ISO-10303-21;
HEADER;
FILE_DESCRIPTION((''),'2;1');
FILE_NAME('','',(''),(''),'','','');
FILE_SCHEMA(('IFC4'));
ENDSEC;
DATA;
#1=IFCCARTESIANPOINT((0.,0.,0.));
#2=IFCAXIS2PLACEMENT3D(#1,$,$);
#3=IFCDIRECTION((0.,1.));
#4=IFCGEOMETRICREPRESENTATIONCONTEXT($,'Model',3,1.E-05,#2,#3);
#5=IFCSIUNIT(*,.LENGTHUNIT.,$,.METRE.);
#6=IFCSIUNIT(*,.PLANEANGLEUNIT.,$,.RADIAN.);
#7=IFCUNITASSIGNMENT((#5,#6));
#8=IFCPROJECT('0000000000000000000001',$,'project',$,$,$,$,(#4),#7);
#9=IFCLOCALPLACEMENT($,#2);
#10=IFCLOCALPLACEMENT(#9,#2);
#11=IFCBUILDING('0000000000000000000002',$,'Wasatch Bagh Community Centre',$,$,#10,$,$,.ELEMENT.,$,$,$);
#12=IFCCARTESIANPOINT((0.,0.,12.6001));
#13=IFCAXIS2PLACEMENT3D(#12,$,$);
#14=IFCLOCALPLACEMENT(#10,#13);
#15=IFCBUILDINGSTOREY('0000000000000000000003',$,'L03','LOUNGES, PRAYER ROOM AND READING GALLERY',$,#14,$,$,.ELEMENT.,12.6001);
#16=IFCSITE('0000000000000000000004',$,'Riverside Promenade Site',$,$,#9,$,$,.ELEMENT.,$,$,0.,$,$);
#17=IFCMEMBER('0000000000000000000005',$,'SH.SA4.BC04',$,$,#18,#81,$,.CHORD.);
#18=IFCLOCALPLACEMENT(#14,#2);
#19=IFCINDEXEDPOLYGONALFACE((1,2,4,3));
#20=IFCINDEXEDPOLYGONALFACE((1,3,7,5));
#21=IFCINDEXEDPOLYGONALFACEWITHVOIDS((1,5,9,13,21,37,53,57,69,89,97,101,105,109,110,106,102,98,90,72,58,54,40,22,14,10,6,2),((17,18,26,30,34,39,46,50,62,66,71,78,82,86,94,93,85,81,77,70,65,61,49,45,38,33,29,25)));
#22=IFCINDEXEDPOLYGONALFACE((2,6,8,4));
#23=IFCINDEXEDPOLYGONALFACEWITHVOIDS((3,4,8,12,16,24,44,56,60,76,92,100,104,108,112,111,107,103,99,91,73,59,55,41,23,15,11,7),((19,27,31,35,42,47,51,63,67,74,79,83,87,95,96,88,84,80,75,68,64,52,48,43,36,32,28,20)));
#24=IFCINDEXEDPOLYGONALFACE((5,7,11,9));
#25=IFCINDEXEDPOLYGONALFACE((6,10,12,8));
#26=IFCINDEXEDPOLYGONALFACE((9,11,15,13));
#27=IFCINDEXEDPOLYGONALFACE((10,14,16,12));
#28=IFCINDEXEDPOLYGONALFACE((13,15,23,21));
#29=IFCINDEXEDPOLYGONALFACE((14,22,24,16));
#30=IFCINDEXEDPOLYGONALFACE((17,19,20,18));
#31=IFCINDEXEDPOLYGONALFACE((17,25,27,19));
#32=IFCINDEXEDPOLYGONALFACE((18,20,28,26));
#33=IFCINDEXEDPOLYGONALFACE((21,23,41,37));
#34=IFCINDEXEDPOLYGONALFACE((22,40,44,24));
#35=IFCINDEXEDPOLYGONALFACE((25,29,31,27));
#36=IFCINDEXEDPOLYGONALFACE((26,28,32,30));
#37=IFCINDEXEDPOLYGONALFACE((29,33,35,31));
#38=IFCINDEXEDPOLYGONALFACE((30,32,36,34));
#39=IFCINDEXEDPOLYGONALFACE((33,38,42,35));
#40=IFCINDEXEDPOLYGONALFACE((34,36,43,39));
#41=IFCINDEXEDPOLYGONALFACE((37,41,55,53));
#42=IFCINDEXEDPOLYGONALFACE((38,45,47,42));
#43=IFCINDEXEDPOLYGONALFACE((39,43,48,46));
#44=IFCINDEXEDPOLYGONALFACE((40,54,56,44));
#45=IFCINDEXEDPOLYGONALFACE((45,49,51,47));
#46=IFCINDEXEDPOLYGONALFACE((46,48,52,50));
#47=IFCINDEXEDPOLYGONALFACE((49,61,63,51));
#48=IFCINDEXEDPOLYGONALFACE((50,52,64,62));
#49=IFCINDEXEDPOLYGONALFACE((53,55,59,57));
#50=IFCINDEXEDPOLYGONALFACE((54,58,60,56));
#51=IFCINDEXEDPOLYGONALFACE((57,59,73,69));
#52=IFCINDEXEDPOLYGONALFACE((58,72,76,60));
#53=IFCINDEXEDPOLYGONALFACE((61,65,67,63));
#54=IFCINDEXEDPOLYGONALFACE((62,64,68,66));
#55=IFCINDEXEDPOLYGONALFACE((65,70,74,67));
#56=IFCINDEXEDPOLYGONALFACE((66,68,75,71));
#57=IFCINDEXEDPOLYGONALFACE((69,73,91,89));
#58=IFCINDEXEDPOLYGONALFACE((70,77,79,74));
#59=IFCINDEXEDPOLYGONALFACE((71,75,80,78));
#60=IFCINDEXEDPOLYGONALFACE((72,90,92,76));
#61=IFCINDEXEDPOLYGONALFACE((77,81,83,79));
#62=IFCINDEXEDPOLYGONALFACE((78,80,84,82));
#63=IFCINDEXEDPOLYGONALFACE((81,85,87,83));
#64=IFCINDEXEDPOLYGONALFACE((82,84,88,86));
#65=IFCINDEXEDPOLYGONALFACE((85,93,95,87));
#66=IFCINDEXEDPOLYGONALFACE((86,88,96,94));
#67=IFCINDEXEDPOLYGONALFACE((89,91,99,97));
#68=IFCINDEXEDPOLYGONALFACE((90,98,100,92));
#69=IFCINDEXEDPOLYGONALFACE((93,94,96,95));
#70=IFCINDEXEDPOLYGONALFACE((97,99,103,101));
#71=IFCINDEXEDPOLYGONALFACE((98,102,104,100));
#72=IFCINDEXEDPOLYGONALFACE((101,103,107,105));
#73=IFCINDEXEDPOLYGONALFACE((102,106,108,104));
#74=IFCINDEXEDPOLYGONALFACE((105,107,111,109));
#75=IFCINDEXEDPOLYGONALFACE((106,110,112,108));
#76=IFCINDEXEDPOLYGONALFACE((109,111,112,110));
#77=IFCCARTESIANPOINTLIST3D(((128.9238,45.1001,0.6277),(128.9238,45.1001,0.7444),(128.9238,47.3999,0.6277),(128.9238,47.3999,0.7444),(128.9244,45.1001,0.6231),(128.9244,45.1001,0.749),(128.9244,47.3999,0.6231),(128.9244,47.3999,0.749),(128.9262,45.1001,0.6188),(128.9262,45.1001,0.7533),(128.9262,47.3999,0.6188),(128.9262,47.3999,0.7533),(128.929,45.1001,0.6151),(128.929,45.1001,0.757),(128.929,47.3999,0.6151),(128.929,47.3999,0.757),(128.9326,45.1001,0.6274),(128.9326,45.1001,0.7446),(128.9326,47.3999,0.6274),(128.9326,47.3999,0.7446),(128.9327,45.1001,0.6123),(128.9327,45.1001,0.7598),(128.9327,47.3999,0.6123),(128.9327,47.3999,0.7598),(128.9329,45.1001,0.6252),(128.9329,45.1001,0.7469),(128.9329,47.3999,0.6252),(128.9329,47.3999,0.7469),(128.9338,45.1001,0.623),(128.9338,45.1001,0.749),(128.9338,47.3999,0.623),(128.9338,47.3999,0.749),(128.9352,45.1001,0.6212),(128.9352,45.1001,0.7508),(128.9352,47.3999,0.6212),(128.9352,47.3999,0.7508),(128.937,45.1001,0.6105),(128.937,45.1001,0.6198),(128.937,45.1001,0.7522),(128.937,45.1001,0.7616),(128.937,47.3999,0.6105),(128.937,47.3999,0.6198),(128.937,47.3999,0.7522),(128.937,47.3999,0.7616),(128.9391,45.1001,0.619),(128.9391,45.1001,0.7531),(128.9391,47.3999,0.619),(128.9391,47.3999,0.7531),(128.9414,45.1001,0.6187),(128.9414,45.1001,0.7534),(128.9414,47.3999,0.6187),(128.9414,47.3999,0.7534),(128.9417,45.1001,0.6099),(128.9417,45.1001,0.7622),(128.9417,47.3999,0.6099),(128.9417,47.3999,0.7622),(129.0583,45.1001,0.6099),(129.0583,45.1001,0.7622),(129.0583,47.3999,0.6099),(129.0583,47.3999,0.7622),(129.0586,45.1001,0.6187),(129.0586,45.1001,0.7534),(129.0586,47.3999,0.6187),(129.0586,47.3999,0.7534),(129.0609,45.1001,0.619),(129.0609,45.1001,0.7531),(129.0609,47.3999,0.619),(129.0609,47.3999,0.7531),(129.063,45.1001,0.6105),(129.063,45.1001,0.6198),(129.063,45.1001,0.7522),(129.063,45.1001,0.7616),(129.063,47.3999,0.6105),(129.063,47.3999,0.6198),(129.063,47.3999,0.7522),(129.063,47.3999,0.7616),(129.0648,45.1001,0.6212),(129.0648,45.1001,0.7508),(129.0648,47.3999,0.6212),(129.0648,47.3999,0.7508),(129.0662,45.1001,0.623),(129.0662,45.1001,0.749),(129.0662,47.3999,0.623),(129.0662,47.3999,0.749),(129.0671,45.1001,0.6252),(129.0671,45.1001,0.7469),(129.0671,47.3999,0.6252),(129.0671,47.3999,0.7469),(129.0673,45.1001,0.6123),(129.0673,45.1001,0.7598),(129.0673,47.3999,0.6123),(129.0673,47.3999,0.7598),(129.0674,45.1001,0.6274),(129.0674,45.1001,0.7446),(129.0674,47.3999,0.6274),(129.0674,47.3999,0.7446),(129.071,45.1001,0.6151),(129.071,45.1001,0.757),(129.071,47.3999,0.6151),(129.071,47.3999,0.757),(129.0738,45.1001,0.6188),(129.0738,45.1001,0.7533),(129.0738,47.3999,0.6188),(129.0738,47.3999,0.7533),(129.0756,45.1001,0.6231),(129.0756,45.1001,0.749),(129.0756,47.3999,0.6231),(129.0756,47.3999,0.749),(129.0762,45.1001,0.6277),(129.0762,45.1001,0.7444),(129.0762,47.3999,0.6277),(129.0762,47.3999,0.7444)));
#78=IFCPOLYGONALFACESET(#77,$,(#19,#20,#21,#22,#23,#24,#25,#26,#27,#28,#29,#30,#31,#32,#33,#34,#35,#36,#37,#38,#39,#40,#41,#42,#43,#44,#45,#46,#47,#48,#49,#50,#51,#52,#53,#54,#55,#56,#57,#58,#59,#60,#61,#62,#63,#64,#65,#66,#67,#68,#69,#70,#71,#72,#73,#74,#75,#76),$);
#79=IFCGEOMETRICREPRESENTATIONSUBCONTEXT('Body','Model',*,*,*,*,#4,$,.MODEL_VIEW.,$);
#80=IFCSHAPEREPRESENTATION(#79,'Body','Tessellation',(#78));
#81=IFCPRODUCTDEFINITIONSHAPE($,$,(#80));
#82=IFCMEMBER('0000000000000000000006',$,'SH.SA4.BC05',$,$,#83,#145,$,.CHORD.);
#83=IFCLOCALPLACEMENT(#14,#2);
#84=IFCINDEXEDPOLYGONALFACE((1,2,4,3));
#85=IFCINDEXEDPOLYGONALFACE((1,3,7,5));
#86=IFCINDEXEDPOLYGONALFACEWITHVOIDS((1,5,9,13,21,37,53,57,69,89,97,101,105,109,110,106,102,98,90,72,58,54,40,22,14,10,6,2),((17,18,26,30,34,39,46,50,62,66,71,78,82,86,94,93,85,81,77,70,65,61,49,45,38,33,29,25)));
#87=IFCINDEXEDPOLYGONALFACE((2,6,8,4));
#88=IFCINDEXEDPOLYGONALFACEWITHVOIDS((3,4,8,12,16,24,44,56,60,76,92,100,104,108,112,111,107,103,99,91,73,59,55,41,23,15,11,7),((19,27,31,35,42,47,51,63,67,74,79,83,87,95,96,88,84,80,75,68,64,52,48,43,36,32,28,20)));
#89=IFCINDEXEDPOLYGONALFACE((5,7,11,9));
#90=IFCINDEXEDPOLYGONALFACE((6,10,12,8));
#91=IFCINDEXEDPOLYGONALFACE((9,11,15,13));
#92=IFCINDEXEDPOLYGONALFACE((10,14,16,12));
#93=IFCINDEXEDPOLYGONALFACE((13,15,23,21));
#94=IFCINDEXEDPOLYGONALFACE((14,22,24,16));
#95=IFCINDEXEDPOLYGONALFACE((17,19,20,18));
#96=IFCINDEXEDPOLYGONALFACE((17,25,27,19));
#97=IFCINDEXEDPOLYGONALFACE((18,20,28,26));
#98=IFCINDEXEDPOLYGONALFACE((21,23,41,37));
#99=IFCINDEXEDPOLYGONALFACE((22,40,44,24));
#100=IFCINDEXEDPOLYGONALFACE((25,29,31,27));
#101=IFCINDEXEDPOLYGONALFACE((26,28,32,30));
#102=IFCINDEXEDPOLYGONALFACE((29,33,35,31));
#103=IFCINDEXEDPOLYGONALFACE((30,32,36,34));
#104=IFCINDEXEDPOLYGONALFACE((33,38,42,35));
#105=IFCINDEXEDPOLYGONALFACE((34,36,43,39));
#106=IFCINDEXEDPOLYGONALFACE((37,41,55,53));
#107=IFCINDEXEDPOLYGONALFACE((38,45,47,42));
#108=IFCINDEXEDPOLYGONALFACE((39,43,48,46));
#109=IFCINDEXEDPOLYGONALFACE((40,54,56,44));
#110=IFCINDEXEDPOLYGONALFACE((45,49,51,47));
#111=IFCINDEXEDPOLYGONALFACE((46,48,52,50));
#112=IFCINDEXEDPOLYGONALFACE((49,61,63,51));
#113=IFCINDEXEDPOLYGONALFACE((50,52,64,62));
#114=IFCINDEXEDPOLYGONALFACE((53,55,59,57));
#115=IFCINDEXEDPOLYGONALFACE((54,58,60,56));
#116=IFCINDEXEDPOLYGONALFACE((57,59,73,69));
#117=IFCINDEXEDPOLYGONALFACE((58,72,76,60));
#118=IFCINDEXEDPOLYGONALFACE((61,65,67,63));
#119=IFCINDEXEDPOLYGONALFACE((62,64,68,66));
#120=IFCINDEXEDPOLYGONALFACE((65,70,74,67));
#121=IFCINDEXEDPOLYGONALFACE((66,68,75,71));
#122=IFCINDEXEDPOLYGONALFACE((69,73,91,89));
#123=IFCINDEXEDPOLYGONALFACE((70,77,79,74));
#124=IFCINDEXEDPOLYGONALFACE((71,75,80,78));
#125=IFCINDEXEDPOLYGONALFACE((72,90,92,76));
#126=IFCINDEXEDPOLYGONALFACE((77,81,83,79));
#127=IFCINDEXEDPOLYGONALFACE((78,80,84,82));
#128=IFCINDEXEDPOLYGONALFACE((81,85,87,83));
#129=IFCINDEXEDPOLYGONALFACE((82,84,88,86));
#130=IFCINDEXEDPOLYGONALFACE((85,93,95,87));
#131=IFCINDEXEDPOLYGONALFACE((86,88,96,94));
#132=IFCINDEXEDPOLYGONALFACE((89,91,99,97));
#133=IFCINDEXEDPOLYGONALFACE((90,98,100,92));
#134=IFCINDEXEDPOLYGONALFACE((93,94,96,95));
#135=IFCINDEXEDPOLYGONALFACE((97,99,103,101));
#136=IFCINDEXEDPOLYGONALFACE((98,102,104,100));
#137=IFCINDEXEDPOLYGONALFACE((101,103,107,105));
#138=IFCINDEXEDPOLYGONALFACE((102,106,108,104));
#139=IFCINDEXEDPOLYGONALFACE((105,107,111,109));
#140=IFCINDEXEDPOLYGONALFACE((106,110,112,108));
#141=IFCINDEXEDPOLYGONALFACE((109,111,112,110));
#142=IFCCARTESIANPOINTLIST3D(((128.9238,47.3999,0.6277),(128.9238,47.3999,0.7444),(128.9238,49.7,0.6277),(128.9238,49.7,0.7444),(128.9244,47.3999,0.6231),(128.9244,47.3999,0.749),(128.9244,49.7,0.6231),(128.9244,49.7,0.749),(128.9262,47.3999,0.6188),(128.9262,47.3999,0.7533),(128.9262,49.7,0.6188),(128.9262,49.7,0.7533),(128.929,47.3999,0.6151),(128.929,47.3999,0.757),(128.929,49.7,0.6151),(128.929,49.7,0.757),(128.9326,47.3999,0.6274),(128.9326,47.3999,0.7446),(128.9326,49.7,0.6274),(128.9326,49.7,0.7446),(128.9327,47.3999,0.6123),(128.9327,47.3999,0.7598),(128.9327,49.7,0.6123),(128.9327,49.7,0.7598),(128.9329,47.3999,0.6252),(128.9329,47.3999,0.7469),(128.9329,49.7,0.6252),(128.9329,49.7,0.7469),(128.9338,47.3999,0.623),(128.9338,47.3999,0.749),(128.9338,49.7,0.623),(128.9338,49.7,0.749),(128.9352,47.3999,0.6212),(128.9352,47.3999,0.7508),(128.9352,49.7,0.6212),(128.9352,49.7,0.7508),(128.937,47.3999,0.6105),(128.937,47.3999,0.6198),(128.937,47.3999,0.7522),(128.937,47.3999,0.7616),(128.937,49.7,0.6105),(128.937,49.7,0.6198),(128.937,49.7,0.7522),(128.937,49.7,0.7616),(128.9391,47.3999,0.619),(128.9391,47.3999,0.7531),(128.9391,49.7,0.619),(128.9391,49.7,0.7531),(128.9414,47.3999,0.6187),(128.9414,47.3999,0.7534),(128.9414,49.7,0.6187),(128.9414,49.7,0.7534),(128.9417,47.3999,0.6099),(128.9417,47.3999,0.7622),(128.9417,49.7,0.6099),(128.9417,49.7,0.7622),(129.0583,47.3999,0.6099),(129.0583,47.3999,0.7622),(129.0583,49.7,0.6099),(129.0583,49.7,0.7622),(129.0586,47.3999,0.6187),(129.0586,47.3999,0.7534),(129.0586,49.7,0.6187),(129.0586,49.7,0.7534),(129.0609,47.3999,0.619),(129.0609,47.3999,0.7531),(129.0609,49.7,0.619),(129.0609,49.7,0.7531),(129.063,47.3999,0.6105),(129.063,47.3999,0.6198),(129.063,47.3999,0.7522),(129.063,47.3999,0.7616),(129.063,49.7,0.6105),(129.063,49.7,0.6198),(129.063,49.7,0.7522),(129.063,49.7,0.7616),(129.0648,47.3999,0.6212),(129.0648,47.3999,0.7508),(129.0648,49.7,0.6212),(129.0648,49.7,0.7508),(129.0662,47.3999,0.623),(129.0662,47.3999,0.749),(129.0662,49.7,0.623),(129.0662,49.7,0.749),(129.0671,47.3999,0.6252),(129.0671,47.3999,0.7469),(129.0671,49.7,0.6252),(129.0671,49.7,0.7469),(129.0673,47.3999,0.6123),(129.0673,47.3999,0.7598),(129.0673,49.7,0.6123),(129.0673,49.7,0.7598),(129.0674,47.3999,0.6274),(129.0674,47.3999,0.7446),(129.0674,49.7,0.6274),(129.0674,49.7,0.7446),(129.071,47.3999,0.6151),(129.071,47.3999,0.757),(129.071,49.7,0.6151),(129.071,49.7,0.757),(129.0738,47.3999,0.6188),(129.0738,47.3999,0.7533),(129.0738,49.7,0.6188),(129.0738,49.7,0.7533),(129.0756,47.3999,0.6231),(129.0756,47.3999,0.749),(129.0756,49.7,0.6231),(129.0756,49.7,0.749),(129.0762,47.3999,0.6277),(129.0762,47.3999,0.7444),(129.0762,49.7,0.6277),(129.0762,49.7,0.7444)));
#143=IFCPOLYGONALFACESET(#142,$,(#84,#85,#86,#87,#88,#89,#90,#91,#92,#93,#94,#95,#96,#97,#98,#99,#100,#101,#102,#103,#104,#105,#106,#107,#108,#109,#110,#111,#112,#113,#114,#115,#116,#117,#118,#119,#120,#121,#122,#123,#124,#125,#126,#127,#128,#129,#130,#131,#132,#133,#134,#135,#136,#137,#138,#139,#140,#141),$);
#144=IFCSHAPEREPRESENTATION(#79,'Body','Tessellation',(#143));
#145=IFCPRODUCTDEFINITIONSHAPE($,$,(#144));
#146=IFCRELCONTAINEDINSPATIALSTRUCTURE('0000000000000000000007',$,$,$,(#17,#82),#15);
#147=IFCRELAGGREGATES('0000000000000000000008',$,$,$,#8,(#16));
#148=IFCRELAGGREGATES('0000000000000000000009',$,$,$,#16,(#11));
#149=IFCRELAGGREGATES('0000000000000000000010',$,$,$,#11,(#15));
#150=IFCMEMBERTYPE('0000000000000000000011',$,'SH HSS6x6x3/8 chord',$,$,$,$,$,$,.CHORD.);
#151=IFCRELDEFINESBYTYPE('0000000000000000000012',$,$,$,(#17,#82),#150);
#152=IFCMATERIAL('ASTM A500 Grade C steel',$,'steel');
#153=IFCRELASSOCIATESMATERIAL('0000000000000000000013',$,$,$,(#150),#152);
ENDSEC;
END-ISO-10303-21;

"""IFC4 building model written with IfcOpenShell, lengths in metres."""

from ifc_helpers import new_model, si_unit, direction, frame, origin, origin_2d, place, context, subcontext, project, spatial, hollow_rectangle, extrude, material, material_profile, profile_set, type_object, element, save


model = new_model("IFC4")

# Units and contexts
model_context = context("Model", 3, precision=1e-05, world=origin(), true_north=direction((0.0, 1.0)))
body_context = subcontext(model_context, "Body", "Model", "MODEL_VIEW")
ifc_project = project(units=[si_unit("LENGTHUNIT", "METRE"), si_unit("PLANEANGLEUNIT", "RADIAN")], contexts=[model_context])

# Site, building, storey
site_placement = place(None, origin())
site = spatial("IfcSite", under=ifc_project, at=site_placement, Name="Riverside Promenade Site", CompositionType="ELEMENT", RefElevation=0.0)
building_placement = place(site_placement, origin())
building = spatial("IfcBuilding", under=site, at=building_placement, Name="Wasatch Bagh Community Centre", CompositionType="ELEMENT")
storey_placement = place(building_placement, frame((0.0, 0.0, 12.6001)))
storey = spatial("IfcBuildingStorey", under=building, at=storey_placement, Name="L03", Description="LOUNGES, PRAYER ROOM AND READING GALLERY", CompositionType="ELEMENT", Elevation=12.6001)

# Members
ifc_material_1 = material(Name="ASTM A500 Grade C steel", Category="steel")
ifc_material_profile_1 = material_profile(ifc_material_1, hollow_rectangle(XDim=0.1523, YDim=0.1523, WallThickness=0.0088, InnerFilletRadius=0.0088, OuterFilletRadius=0.0178, at=origin_2d()), Name="HSS6x6x3/8")
ifc_profile_set_1 = profile_set([ifc_material_profile_1], Name="ASTM A500 Grade C steel")
member_type_1 = type_object("IfcMemberType", Name="SH HSS6x6x3/8 chord", PredefinedType="CHORD", material=ifc_profile_set_1)
member_1_placement = place(storey_placement, frame((129.0, 45.1001, 0.686), z_axis=(0.0, 1.0, 0.0), x_axis=(-1.0, 0.0, 0.0)))
element("IfcMember", 1, at=member_1_placement, inside=storey, type_object=member_type_1, Name="SH.SA4.BC04", PredefinedType="CHORD", context=body_context, shape_type="SweptSolid", body=[
    extrude(hollow_rectangle(XDim=0.1523, YDim=0.1523, WallThickness=0.0088, InnerFilletRadius=0.0088, OuterFilletRadius=0.0178, at=origin_2d()), origin(), (0.0, 0.0, 1.0), 2.2998),
])
for number, where, z_axis, x_axis, name in (
    (2, (129.0, 47.3999, 0.686), (0.0, 1.0, 0.0), (-1.0, 0.0, 0.0), "SH.SA4.BC05"),
):
    element("IfcMember", number, at=place(storey_placement, frame(where, z_axis=z_axis, x_axis=x_axis)), inside=storey, type_object=member_type_1, Name=name, PredefinedType="CHORD", context=body_context, shape_type="SweptSolid", body=[
        extrude(hollow_rectangle(XDim=0.1523, YDim=0.1523, WallThickness=0.0088, InnerFilletRadius=0.0088, OuterFilletRadius=0.0178, at=origin_2d()), origin(), (0.0, 0.0, 1.0), 2.3),
    ])

save(model, "model.ifc")
